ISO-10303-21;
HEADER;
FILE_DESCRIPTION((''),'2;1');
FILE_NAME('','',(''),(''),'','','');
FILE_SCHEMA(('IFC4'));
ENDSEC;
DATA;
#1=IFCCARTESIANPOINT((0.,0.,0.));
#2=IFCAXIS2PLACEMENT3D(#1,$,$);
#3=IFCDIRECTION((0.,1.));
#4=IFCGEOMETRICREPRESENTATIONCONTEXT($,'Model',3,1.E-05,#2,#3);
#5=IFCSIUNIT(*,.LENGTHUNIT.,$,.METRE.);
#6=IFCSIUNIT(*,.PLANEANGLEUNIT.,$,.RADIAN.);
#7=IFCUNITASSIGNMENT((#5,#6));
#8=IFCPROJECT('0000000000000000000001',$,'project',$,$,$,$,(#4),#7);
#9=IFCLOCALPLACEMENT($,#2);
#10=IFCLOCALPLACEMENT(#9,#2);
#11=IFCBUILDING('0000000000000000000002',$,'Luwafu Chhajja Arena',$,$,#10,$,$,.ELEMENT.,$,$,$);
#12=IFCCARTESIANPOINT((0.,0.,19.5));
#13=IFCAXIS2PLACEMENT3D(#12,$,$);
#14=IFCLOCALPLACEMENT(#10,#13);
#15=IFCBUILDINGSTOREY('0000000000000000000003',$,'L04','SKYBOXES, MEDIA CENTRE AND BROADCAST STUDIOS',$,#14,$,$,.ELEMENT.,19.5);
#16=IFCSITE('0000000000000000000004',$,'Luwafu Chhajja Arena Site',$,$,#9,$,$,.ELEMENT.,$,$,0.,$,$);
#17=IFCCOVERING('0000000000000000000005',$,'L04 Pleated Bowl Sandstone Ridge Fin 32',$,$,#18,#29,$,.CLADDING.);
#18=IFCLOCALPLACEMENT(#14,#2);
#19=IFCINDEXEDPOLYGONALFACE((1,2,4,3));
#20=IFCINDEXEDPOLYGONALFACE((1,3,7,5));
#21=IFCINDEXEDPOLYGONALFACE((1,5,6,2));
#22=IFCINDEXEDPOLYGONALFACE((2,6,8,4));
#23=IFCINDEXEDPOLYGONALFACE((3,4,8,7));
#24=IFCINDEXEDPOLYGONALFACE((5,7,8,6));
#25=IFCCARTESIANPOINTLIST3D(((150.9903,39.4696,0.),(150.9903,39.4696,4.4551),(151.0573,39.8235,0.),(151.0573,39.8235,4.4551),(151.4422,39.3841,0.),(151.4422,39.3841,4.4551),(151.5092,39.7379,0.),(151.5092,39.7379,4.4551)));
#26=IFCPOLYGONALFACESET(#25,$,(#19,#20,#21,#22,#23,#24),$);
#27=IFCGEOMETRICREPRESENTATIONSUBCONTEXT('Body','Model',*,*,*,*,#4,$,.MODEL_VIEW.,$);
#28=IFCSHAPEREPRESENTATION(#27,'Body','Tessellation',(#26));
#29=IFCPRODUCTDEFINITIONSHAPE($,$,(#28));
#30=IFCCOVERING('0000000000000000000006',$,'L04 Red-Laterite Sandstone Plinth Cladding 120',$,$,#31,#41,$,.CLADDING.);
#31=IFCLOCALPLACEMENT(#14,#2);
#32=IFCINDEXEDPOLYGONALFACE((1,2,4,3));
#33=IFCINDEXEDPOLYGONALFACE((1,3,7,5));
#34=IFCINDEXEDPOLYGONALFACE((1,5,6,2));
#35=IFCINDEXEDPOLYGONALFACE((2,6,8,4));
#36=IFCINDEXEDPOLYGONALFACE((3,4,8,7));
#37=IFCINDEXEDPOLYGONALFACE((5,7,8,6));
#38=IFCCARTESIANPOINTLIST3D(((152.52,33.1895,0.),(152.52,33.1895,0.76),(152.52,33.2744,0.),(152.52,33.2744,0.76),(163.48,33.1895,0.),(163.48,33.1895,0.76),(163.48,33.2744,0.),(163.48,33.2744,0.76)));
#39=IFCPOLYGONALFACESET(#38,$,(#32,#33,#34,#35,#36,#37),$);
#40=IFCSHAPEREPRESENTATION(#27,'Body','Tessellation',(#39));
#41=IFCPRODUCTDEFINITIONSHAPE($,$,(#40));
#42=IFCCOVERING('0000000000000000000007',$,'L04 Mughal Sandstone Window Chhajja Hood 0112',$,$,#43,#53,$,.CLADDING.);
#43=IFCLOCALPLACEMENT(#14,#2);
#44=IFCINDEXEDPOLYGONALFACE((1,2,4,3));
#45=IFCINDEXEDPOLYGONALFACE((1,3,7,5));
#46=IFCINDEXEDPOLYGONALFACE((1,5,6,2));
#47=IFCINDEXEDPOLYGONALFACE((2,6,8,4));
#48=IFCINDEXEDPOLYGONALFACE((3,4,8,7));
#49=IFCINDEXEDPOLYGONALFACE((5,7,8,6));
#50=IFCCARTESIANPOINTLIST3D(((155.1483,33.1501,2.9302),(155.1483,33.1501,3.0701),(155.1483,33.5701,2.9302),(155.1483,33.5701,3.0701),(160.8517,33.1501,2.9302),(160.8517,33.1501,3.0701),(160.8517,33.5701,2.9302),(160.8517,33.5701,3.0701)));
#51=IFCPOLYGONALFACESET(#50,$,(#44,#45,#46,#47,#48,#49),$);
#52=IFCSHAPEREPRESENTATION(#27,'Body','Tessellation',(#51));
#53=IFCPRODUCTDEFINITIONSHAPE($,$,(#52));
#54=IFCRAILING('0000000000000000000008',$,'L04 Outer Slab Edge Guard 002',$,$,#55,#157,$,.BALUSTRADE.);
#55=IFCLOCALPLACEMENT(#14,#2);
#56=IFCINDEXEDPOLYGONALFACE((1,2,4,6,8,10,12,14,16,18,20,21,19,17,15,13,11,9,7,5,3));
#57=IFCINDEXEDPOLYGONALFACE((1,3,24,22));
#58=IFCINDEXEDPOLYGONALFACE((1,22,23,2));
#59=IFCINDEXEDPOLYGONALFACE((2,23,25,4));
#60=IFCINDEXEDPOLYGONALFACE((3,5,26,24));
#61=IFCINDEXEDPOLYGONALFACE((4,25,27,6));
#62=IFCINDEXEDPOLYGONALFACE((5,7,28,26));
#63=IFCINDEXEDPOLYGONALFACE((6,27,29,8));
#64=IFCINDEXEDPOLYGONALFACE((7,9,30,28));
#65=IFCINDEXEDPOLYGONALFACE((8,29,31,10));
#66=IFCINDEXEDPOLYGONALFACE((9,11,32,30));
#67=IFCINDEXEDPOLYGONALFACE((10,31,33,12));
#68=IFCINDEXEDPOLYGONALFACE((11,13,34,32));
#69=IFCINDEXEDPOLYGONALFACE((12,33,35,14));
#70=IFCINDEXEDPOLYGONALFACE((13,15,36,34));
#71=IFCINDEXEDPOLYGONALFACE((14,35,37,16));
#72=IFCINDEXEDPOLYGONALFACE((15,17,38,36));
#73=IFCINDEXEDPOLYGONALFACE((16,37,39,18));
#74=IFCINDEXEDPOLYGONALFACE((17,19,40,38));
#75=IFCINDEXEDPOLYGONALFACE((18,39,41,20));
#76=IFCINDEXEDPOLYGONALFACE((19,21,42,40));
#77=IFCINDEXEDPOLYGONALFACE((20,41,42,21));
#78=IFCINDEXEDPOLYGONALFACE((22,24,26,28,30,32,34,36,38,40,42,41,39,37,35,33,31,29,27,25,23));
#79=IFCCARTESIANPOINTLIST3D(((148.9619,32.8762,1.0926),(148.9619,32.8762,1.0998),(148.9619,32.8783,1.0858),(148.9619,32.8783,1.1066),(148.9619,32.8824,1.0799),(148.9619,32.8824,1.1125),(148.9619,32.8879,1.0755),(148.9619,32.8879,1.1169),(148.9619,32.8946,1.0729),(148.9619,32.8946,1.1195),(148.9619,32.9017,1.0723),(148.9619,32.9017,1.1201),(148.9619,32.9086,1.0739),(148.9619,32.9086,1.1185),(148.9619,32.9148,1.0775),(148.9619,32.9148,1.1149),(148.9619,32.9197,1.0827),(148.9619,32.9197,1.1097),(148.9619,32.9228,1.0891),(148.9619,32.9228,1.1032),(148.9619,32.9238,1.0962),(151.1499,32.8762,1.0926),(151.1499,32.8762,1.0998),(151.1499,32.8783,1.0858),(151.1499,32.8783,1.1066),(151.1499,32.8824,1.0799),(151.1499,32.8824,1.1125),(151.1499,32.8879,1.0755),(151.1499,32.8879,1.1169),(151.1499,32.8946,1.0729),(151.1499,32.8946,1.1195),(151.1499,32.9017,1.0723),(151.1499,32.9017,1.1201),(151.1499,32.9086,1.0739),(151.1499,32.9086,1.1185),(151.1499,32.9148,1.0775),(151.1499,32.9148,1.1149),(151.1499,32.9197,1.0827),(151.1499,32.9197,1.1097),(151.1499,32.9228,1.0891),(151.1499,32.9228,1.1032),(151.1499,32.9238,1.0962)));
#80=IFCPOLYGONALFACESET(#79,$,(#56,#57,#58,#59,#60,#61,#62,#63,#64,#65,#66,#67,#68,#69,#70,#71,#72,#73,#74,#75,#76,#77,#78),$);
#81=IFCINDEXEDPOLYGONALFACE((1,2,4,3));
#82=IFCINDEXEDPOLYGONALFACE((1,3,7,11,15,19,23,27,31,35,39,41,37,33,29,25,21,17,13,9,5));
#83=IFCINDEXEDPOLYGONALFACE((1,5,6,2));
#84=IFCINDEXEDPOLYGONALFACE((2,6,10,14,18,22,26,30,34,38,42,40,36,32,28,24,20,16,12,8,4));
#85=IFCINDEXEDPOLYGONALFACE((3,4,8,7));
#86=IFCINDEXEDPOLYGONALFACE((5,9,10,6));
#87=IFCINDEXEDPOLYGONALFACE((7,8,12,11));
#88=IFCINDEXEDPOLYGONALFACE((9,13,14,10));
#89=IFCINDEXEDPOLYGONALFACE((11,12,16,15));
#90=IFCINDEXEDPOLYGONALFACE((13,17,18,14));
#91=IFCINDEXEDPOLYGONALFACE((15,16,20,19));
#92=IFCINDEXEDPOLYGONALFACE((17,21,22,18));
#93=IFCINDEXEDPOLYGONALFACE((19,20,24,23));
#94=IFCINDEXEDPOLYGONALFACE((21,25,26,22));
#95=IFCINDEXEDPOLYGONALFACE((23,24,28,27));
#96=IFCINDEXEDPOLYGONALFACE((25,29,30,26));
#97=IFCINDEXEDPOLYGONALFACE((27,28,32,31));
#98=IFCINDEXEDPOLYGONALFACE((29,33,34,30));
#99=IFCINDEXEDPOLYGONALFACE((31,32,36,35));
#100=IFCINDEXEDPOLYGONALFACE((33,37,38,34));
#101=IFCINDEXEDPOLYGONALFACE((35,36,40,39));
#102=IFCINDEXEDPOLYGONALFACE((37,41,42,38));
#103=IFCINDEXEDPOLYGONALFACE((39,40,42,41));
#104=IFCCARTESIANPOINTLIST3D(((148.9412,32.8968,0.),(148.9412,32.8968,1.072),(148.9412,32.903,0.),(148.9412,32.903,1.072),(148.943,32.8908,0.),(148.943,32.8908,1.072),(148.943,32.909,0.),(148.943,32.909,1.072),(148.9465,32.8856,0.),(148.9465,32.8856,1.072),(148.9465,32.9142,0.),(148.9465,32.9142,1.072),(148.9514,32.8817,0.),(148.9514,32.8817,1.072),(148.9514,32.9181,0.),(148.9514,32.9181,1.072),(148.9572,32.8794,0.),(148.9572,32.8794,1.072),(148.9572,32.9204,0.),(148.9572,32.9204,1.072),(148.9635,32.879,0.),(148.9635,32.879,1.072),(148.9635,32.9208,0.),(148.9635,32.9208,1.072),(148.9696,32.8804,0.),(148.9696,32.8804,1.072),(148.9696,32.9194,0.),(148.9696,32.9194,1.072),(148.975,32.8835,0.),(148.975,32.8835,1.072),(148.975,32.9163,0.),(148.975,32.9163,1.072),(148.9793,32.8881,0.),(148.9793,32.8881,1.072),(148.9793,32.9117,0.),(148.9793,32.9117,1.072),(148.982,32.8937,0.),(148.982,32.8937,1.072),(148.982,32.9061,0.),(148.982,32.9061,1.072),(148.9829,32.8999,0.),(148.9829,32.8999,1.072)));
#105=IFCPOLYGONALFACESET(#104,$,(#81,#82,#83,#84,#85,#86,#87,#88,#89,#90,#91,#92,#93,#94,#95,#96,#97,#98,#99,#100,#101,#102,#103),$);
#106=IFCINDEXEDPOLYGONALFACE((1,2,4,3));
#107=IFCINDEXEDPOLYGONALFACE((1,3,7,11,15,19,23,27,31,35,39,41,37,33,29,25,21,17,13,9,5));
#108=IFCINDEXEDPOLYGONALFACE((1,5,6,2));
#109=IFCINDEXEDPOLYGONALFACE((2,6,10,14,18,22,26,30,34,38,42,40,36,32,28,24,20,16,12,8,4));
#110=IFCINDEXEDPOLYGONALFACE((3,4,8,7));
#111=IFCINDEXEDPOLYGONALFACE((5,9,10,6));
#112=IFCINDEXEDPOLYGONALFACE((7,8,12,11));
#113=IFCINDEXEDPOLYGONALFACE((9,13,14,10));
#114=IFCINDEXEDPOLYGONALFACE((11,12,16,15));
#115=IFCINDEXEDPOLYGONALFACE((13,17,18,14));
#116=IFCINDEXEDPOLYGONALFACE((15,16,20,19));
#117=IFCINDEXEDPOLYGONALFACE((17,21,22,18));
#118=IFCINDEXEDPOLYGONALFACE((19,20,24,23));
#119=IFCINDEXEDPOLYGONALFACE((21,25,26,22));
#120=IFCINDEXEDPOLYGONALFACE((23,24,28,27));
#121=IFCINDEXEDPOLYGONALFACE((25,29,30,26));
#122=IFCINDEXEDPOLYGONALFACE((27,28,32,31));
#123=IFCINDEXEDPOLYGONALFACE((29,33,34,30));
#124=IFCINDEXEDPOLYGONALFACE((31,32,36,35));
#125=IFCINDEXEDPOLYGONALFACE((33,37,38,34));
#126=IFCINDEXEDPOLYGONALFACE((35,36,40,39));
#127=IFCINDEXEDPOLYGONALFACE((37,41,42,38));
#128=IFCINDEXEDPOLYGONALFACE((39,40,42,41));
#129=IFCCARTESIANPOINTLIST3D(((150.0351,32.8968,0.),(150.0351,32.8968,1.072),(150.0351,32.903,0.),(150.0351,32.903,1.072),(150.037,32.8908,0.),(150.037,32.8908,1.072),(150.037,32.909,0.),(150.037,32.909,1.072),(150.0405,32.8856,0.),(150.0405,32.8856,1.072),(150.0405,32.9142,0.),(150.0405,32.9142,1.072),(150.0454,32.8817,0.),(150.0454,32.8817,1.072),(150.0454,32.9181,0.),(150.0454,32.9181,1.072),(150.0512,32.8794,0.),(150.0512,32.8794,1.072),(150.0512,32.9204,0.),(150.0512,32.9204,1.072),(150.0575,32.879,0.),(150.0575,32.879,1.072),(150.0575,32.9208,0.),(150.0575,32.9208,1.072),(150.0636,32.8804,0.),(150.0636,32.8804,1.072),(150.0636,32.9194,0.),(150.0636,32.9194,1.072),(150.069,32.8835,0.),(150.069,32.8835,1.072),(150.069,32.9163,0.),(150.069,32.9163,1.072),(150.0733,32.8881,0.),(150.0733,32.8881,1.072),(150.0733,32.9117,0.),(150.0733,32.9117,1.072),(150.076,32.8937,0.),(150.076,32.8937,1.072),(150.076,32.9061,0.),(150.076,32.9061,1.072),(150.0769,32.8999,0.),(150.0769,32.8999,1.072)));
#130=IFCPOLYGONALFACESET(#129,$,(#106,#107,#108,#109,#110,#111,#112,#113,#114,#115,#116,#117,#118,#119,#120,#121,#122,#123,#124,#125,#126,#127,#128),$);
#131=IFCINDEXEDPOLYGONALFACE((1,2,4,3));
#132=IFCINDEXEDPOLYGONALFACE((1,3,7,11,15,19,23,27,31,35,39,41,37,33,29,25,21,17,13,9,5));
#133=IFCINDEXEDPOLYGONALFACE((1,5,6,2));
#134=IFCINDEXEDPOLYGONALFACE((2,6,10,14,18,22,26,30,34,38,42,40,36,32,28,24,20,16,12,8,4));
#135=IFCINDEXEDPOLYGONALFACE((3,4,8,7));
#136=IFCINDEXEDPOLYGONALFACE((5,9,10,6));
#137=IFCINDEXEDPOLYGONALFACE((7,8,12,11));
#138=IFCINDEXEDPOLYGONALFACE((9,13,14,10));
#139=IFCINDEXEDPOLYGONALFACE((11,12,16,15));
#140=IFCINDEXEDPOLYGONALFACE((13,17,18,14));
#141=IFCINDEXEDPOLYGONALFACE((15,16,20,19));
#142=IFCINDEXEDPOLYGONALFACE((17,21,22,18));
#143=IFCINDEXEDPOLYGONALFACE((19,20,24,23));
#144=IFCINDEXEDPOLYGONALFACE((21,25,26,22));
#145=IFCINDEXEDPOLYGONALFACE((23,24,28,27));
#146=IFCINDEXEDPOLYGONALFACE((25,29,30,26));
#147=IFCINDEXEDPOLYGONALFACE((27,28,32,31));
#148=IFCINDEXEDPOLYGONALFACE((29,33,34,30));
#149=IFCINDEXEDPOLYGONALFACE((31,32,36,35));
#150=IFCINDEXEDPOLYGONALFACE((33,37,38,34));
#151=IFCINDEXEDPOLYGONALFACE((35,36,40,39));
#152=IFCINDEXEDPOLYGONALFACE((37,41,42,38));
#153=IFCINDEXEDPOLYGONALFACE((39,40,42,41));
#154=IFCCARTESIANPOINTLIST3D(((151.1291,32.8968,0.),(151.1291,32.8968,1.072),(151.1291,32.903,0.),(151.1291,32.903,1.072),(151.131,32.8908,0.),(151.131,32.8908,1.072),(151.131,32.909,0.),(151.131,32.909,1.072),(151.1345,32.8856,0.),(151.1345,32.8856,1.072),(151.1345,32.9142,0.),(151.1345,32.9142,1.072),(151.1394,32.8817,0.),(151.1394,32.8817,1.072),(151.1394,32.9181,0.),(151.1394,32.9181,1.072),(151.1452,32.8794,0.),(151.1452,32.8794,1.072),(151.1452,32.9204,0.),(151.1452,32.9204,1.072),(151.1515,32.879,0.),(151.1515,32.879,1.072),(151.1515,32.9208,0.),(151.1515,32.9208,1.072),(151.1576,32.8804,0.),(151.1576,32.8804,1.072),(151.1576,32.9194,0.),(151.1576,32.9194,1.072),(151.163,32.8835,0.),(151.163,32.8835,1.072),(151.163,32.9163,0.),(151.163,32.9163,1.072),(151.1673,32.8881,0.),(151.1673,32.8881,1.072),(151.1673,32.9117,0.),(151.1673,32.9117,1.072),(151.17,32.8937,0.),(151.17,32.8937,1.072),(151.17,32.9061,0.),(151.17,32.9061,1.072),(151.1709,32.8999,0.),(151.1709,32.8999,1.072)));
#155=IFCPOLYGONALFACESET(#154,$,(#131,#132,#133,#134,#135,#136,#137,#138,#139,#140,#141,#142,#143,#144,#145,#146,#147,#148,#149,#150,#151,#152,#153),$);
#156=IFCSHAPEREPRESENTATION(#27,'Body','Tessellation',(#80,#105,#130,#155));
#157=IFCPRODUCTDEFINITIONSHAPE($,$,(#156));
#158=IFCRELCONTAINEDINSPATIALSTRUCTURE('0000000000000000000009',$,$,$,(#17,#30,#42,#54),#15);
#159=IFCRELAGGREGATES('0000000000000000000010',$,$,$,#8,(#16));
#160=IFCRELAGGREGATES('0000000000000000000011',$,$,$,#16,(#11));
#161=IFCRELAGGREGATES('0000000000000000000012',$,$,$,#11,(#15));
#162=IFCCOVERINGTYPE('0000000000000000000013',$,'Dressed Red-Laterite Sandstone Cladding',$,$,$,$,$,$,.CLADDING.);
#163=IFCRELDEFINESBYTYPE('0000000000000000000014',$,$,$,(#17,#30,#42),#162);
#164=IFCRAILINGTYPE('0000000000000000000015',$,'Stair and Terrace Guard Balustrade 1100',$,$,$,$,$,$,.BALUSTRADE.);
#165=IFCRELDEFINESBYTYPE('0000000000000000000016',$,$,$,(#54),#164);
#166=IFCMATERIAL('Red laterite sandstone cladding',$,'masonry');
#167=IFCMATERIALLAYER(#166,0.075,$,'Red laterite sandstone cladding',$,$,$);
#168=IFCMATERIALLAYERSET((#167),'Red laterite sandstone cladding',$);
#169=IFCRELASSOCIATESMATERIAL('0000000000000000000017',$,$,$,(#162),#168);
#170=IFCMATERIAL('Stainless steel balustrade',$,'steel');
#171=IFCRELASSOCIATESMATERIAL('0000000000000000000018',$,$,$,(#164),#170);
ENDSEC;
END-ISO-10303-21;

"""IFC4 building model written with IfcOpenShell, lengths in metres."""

from ifc_helpers import new_model, si_unit, direction, frame, origin, origin_2d, place, context, subcontext, project, spatial, rectangle, circle, extrude, material, layer, layer_set, type_object, element, save


model = new_model("IFC4")

# Units and contexts
model_context = context("Model", 3, precision=1e-05, world=origin(), true_north=direction((0.0, 1.0)))
body_context = subcontext(model_context, "Body", "Model", "MODEL_VIEW")
ifc_project = project(units=[si_unit("LENGTHUNIT", "METRE"), si_unit("PLANEANGLEUNIT", "RADIAN")], contexts=[model_context])

# Site, building, storey
site_placement = place(None, origin())
site = spatial("IfcSite", under=ifc_project, at=site_placement, Name="Luwafu Chhajja Arena Site", CompositionType="ELEMENT", RefElevation=0.0)
building_placement = place(site_placement, origin())
building = spatial("IfcBuilding", under=site, at=building_placement, Name="Luwafu Chhajja Arena", CompositionType="ELEMENT")
storey_placement = place(building_placement, frame((0.0, 0.0, 19.5)))
storey = spatial("IfcBuildingStorey", under=building, at=storey_placement, Name="L04", Description="SKYBOXES, MEDIA CENTRE AND BROADCAST STUDIOS", CompositionType="ELEMENT", Elevation=19.5)

# Coverings
ifc_material_1 = material(Name="Red laterite sandstone cladding", Category="masonry")
ifc_layer_1 = layer(ifc_material_1, 0.075, Name="Red laterite sandstone cladding")
ifc_layer_set_1 = layer_set([ifc_layer_1], Name="Red laterite sandstone cladding")
covering_type = type_object("IfcCoveringType", Name="Dressed Red-Laterite Sandstone Cladding", PredefinedType="CLADDING", material=ifc_layer_set_1)
covering_1_placement = place(storey_placement, frame((151.2498, 39.6038, 0.0), z_axis=(0.0, 0.0, 1.0), x_axis=(0.982532, -0.186093, 0.0)))
element("IfcCovering", 1, at=covering_1_placement, inside=storey, type_object=covering_type, Name="L04 Pleated Bowl Sandstone Ridge Fin 32", PredefinedType="CLADDING", context=body_context, shape_type="SweptSolid", body=[
    extrude(rectangle(XDim=0.46, YDim=0.3601, at=origin_2d()), origin(), (0.0, 0.0, 1.0), 4.4551),
])
covering_2_placement = place(storey_placement, frame((158.0, 33.2319, 0.0), z_axis=(0.0, 0.0, 1.0), x_axis=(1.0, 0.0, 0.0)))
element("IfcCovering", 2, at=covering_2_placement, inside=storey, type_object=covering_type, Name="L04 Red-Laterite Sandstone Plinth Cladding 120", PredefinedType="CLADDING", context=body_context, shape_type="SweptSolid", body=[
    extrude(rectangle(XDim=10.96, YDim=0.085, at=origin_2d()), origin(), (0.0, 0.0, 1.0), 0.76),
])
covering_3_placement = place(storey_placement, frame((158.0, 33.3601, 2.9302), z_axis=(0.0, 0.0, 1.0), x_axis=(1.0, 0.0, 0.0)))
element("IfcCovering", 3, at=covering_3_placement, inside=storey, type_object=covering_type, Name="L04 Mughal Sandstone Window Chhajja Hood 0112", PredefinedType="CLADDING", context=body_context, shape_type="SweptSolid", body=[
    extrude(rectangle(XDim=5.7034, YDim=0.4199, at=origin_2d()), origin(), (0.0, 0.0, 1.0), 0.1399),
])

# Railing
ifc_material_2 = material(Name="Stainless steel balustrade", Category="steel")
railing_type = type_object("IfcRailingType", Name="Stair and Terrace Guard Balustrade 1100", PredefinedType="BALUSTRADE", material=ifc_material_2)
railing_1_placement = place(storey_placement, frame((148.9619, 32.8999, 0.0)))
element("IfcRailing", 4, at=railing_1_placement, inside=storey, type_object=railing_type, Name="L04 Outer Slab Edge Guard 002", PredefinedType="BALUSTRADE", context=body_context, shape_type="SweptSolid", body=[
    extrude(circle(Radius=0.0239, at=origin_2d()), frame((0.0, 0.0, 1.0962), z_axis=(1.0, 0.0, 0.0), x_axis=(0.0, 1.0, 0.0)), (0.0, 0.0, 1.0), 2.188),
    extrude(circle(Radius=0.021, at=origin_2d()), origin(), (0.0, 0.0, 1.0), 1.072),
    extrude(circle(Radius=0.021, at=origin_2d()), frame((1.094, 0.0, 0.0)), (0.0, 0.0, 1.0), 1.072),
    extrude(circle(Radius=0.021, at=origin_2d()), frame((2.188, 0.0, 0.0)), (0.0, 0.0, 1.0), 1.072),
])

save(model, "model.ifc")
